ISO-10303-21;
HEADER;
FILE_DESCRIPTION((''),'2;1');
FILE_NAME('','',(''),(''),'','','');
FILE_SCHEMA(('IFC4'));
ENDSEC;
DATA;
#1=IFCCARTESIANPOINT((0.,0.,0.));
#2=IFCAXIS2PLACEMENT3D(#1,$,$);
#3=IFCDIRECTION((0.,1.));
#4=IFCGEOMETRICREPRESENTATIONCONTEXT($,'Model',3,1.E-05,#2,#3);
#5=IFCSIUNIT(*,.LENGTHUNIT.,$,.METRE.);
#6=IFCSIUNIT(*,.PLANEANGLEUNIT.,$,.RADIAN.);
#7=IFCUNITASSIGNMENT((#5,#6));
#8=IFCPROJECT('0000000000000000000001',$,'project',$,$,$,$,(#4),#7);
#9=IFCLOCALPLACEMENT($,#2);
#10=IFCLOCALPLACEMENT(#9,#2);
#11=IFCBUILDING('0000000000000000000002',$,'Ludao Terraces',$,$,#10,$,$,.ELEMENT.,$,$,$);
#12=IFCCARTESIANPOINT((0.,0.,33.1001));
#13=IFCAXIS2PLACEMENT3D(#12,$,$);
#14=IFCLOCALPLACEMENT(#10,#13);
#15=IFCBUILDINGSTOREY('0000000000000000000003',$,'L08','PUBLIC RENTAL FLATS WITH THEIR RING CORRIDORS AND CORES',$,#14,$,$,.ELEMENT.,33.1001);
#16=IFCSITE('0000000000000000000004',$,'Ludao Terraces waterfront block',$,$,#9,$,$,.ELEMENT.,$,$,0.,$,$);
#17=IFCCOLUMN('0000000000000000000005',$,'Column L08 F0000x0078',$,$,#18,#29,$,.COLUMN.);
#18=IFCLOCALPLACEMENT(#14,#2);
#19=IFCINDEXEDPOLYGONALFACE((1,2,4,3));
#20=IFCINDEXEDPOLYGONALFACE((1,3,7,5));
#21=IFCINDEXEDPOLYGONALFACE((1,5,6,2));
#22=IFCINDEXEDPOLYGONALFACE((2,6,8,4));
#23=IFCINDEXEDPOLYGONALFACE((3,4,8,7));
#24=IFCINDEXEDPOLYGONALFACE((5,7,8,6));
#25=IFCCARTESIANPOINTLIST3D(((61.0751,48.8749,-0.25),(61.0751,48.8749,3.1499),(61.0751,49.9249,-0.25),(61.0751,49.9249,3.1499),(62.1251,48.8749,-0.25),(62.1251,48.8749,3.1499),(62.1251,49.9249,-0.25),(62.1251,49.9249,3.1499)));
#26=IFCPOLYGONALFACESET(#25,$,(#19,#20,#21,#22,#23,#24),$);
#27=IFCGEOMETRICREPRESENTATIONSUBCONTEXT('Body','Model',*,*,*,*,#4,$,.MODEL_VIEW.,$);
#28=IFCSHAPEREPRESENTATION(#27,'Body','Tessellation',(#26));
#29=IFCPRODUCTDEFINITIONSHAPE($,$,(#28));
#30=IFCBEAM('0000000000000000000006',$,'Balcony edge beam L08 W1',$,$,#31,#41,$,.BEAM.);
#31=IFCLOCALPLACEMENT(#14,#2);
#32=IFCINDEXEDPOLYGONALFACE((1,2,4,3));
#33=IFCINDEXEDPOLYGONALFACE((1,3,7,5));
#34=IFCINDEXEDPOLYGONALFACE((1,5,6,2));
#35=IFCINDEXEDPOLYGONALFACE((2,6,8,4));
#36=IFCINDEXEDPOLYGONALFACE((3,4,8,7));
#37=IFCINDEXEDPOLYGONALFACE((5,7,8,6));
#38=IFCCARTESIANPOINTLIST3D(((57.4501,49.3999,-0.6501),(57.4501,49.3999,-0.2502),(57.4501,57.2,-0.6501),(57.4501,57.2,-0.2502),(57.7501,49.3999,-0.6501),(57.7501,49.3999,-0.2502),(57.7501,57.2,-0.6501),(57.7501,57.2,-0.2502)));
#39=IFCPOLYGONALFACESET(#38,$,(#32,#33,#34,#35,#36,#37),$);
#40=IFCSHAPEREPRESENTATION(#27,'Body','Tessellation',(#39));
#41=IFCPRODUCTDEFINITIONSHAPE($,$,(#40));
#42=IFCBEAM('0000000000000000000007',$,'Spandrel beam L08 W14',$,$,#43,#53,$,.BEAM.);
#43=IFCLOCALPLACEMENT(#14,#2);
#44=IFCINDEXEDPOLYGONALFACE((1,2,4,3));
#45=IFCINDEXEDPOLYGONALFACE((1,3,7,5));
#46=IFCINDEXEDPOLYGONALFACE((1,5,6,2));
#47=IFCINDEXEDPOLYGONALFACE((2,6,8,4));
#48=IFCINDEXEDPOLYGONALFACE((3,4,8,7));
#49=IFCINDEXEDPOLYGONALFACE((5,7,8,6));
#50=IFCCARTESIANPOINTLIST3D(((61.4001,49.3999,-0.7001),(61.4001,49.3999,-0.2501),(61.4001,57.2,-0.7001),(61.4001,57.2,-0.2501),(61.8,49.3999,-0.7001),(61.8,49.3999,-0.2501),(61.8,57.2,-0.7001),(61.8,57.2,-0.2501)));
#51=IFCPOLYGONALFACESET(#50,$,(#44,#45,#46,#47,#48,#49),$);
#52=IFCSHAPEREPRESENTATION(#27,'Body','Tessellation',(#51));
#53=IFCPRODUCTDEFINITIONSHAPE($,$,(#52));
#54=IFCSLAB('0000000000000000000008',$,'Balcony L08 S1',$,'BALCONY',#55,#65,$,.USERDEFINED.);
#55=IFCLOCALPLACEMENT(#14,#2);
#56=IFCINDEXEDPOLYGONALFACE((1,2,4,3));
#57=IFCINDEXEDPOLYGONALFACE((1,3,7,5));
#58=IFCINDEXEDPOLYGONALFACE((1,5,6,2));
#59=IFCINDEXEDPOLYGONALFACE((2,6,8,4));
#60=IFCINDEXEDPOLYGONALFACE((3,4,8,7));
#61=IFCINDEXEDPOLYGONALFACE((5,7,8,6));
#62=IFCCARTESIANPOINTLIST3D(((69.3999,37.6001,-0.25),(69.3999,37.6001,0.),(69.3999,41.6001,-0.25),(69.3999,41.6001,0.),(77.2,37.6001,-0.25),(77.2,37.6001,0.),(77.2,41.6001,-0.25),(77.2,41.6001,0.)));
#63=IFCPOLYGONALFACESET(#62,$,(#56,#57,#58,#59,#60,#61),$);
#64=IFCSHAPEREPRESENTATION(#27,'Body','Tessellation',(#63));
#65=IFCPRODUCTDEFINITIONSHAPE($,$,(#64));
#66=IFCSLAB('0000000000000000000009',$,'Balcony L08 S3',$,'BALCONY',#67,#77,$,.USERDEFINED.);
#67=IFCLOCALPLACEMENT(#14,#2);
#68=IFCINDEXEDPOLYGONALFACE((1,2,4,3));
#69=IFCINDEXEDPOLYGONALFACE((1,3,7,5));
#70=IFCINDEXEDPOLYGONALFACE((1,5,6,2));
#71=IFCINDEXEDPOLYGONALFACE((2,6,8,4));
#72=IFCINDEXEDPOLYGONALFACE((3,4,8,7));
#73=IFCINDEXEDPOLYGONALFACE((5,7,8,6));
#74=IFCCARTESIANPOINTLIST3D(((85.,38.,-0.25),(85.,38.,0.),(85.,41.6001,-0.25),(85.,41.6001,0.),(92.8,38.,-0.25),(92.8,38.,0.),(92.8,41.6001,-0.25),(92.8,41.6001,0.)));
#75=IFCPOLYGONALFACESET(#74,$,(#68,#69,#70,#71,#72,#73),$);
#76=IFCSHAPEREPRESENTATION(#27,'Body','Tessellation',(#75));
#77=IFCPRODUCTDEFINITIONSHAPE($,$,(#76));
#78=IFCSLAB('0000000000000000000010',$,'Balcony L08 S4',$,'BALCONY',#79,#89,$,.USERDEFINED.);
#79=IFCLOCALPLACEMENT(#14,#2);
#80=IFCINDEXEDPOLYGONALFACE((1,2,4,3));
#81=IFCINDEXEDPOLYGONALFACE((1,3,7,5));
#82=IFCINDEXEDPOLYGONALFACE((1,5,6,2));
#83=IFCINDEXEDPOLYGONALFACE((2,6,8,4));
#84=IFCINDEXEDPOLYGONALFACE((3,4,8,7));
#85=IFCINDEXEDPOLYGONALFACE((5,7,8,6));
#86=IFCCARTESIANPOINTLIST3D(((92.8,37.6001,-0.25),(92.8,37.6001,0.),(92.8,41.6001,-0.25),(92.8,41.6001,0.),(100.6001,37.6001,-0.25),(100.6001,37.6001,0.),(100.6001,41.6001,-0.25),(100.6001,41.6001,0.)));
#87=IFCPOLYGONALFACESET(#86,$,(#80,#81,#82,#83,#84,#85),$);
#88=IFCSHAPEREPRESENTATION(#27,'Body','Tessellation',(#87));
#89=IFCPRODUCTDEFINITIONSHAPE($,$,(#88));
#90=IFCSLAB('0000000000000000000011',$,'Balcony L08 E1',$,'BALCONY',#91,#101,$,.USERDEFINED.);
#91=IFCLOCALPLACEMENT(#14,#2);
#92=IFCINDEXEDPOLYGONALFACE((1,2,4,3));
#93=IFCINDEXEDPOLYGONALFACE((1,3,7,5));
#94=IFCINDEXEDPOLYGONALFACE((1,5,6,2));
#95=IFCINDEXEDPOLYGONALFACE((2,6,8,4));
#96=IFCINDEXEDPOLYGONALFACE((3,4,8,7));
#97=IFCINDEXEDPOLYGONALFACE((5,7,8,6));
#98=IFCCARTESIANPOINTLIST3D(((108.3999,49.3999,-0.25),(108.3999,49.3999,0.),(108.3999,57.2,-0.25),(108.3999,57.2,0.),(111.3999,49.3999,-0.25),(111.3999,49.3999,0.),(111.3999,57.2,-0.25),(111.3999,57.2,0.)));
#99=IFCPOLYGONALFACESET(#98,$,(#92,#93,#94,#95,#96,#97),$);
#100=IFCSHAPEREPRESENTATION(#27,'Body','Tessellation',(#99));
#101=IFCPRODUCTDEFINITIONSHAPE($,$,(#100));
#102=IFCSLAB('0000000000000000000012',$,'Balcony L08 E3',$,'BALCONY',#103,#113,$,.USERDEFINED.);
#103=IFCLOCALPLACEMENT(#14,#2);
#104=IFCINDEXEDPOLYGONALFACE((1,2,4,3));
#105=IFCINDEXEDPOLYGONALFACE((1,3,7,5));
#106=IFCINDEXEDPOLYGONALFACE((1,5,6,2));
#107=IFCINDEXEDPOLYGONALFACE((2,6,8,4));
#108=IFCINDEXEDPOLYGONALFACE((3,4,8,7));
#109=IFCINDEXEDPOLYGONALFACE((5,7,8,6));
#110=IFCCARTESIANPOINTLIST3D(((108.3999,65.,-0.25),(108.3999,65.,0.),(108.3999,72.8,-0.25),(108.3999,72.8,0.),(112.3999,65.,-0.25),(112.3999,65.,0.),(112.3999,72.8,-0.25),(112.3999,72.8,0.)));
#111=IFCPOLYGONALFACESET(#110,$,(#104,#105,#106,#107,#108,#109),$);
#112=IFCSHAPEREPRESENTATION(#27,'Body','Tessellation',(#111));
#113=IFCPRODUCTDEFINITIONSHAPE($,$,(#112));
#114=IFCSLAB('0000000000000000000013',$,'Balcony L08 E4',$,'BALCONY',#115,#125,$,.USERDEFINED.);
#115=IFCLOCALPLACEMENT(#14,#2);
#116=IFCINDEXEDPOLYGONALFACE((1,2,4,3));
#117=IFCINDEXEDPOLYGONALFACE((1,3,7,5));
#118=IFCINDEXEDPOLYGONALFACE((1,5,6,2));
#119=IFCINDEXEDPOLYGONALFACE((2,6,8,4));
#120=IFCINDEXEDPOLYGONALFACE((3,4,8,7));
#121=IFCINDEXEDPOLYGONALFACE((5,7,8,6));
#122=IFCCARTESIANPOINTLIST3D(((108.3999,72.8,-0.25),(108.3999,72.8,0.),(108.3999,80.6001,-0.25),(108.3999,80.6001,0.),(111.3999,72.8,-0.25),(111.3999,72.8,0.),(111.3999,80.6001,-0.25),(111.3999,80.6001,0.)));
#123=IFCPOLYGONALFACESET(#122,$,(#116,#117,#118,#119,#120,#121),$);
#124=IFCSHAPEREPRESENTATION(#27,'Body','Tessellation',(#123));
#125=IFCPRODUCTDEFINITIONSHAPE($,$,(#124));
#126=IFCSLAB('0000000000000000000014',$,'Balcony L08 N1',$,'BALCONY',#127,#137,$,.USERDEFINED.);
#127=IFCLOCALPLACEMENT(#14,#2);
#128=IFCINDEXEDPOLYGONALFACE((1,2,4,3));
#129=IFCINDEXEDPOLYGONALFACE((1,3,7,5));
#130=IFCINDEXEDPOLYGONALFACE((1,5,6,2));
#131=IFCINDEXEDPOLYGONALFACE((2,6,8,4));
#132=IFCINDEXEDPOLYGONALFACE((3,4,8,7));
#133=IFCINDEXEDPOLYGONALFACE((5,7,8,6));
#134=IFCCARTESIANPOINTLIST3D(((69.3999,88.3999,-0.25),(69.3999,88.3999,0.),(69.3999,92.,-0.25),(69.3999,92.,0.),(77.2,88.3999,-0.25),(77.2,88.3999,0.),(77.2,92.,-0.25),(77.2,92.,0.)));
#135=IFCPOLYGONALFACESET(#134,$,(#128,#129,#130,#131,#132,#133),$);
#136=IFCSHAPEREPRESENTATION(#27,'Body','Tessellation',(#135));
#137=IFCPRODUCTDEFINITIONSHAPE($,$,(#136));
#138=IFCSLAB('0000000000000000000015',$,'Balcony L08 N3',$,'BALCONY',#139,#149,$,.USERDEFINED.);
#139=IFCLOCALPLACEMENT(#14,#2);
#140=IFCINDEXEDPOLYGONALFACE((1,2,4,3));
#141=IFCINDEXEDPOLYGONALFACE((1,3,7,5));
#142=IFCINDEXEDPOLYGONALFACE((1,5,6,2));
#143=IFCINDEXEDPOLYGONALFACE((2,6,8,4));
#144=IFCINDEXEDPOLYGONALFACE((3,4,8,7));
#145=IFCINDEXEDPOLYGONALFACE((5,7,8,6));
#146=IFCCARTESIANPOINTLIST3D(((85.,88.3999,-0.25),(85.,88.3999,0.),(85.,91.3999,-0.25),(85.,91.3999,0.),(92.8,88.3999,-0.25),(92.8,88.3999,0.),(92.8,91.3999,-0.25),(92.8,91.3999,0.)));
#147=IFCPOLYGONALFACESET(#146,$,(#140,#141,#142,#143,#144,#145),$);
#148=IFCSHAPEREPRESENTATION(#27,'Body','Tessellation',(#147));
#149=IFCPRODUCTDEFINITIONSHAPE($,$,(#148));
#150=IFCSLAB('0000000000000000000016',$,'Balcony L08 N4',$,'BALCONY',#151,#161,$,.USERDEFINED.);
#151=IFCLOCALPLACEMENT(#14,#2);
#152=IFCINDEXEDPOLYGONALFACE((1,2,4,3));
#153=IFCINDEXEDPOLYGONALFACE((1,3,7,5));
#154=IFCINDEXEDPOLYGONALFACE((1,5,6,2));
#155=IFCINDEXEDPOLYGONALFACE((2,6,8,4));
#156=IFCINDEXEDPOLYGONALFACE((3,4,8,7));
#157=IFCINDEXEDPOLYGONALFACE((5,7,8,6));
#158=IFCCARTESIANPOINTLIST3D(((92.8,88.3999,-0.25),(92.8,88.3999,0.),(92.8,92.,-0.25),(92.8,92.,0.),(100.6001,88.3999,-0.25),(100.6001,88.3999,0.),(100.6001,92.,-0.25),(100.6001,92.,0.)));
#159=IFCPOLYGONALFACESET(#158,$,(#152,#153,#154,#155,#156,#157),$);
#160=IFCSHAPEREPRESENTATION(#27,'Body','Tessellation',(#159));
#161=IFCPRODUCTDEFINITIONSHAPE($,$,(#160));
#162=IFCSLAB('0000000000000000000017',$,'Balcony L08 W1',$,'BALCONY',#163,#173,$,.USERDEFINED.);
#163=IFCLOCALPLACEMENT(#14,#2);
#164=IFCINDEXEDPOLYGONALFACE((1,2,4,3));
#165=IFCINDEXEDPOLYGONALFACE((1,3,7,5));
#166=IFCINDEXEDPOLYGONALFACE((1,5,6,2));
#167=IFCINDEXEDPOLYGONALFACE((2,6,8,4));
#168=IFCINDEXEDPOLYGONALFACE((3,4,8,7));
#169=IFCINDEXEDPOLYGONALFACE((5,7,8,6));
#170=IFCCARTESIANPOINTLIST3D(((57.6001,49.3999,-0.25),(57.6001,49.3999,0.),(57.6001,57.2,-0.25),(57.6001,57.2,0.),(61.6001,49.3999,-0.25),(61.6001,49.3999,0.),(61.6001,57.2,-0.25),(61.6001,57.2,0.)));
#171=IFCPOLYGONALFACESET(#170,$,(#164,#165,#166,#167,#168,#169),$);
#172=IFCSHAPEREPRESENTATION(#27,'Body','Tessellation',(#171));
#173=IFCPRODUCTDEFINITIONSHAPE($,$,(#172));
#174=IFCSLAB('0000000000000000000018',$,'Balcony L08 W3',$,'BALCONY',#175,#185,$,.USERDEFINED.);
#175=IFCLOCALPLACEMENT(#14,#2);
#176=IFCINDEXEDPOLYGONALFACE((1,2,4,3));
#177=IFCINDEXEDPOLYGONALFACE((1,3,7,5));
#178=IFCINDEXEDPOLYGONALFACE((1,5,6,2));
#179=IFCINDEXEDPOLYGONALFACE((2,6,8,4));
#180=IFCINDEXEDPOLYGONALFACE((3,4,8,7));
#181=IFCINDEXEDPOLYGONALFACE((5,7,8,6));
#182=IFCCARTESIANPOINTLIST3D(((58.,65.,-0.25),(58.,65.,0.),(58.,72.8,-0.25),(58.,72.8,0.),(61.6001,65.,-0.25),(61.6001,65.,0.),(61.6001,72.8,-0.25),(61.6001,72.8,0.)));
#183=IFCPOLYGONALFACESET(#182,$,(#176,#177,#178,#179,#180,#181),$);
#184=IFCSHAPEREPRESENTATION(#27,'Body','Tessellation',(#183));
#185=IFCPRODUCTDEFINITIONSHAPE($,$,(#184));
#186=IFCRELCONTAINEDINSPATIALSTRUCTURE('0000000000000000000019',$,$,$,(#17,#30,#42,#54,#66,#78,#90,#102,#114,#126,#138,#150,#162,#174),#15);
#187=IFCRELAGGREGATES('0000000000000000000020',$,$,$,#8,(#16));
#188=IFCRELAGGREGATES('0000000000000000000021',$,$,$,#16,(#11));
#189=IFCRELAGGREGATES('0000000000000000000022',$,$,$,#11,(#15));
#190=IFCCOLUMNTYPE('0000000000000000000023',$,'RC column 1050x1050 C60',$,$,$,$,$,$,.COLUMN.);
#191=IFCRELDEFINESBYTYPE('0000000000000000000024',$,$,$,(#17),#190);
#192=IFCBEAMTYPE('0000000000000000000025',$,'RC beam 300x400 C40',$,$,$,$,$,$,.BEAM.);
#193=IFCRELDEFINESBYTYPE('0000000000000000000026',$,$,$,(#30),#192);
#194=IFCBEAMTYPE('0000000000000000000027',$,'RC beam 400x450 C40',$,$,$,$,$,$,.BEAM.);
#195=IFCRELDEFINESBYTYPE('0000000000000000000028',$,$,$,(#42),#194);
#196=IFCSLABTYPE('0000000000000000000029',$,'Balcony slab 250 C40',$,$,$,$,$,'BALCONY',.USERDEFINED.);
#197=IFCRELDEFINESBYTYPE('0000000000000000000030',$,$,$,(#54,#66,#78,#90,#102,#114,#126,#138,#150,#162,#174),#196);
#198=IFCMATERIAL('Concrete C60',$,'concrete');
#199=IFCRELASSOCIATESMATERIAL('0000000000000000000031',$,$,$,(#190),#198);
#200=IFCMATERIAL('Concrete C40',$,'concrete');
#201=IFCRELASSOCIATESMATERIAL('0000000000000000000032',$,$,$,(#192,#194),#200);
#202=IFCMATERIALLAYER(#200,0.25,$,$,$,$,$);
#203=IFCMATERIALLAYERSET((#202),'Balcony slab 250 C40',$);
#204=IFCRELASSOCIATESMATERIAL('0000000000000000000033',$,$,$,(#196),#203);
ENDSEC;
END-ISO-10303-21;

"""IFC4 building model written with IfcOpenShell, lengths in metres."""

from ifc_helpers import new_model, si_unit, direction, frame, origin, origin_2d, place, context, subcontext, project, spatial, polyline, rectangle, outline, extrude, material, layer, layer_set, material_profile, profile_set, type_object, element, save


model = new_model("IFC4")

# Units and contexts
model_context = context("Model", 3, precision=1e-05, world=origin(), true_north=direction((0.0, 1.0)))
body_context = subcontext(model_context, "Body", "Model", "MODEL_VIEW")
ifc_project = project(units=[si_unit("LENGTHUNIT", "METRE"), si_unit("PLANEANGLEUNIT", "RADIAN")], contexts=[model_context])

# Site, building, storey
site_placement = place(None, origin())
site = spatial("IfcSite", under=ifc_project, at=site_placement, Name="Ludao Terraces waterfront block", CompositionType="ELEMENT", RefElevation=0.0)
building_placement = place(site_placement, origin())
building = spatial("IfcBuilding", under=site, at=building_placement, Name="Ludao Terraces", CompositionType="ELEMENT")
storey_placement = place(building_placement, frame((0.0, 0.0, 33.1001)))
storey = spatial("IfcBuildingStorey", under=building, at=storey_placement, Name="L08", Description="PUBLIC RENTAL FLATS WITH THEIR RING CORRIDORS AND CORES", CompositionType="ELEMENT", Elevation=33.1001)

# Column
ifc_material_1 = material(Name="Concrete C60", Category="concrete")
ifc_material_profile_1 = material_profile(ifc_material_1, rectangle(XDim=1.05, YDim=1.05, at=origin_2d()), Name="1050 X 1050")
ifc_profile_set_1 = profile_set([ifc_material_profile_1], Name="Concrete C60")
column_type = type_object("IfcColumnType", Name="RC column 1050x1050 C60", PredefinedType="COLUMN", material=ifc_profile_set_1)
column_placement = place(storey_placement, frame((61.6001, 49.3999, -0.25), z_axis=(0.0, 0.0, 1.0), x_axis=(1.0, 0.0, 0.0)))
element("IfcColumn", 1, at=column_placement, inside=storey, type_object=column_type, Name="Column L08 F0000x0078", PredefinedType="COLUMN", context=body_context, shape_type="SweptSolid", body=[
    extrude(rectangle(XDim=1.05, YDim=1.05, at=origin_2d()), origin(), (0.0, 0.0, 1.0), 3.3999),
])

# Beams
ifc_material_2 = material(Name="Concrete C40", Category="concrete")
ifc_material_profile_2 = material_profile(ifc_material_2, rectangle(XDim=0.3, YDim=0.3999, at=origin_2d()), Name="300 X 400")
ifc_profile_set_2 = profile_set([ifc_material_profile_2], Name="Concrete C40")
beam_type_1 = type_object("IfcBeamType", Name="RC beam 300x400 C40", PredefinedType="BEAM", material=ifc_profile_set_2)
beam_1_placement = place(storey_placement, frame((57.6001, 49.3999, -0.4502), z_axis=(0.0, 1.0, 0.0), x_axis=(-1.0, 0.0, 0.0)))
element("IfcBeam", 2, at=beam_1_placement, inside=storey, type_object=beam_type_1, Name="Balcony edge beam L08 W1", PredefinedType="BEAM", context=body_context, shape_type="SweptSolid", body=[
    extrude(rectangle(XDim=0.3, YDim=0.3999, at=origin_2d()), origin(), (0.0, 0.0, 1.0), 7.8),
])
ifc_material_profile_3 = material_profile(ifc_material_2, rectangle(XDim=0.3999, YDim=0.45, at=origin_2d()), Name="400 X 450")
ifc_profile_set_3 = profile_set([ifc_material_profile_3], Name="Concrete C40")
beam_type_2 = type_object("IfcBeamType", Name="RC beam 400x450 C40", PredefinedType="BEAM", material=ifc_profile_set_3)
beam_2_placement = place(storey_placement, frame((61.6001, 49.3999, -0.4751), z_axis=(0.0, 1.0, 0.0), x_axis=(-1.0, 0.0, 0.0)))
element("IfcBeam", 3, at=beam_2_placement, inside=storey, type_object=beam_type_2, Name="Spandrel beam L08 W14", PredefinedType="BEAM", context=body_context, shape_type="SweptSolid", body=[
    extrude(rectangle(XDim=0.3999, YDim=0.45, at=origin_2d()), origin(), (0.0, 0.0, 1.0), 7.8),
])

# Slabs
ifc_layer_1 = layer(ifc_material_2, 0.25)
ifc_layer_set_1 = layer_set([ifc_layer_1], Name="Balcony slab 250 C40")
slab_type_1 = type_object("IfcSlabType", Name="Balcony slab 250 C40", ElementType="BALCONY", PredefinedType="USERDEFINED", material=ifc_layer_set_1)
slab_1_placement = place(storey_placement, frame((0.0, 0.0, -0.25)))
element("IfcSlab", 4, at=slab_1_placement, inside=storey, type_object=slab_type_1, Name="Balcony L08 S1", ObjectType="BALCONY", PredefinedType="USERDEFINED", context=body_context, shape_type="SweptSolid", body=[
    extrude(outline(polyline([(69.3999, 37.6001), (77.2, 37.6001), (77.2, 41.6001), (69.3999, 41.6001), (69.3999, 37.6001)])), origin(), (0.0, 0.0, 1.0), 0.25),
])
slab_2_placement = place(storey_placement, frame((0.0, 0.0, -0.25)))
element("IfcSlab", 5, at=slab_2_placement, inside=storey, type_object=slab_type_1, Name="Balcony L08 S3", ObjectType="BALCONY", PredefinedType="USERDEFINED", context=body_context, shape_type="SweptSolid", body=[
    extrude(outline(polyline([(85.0, 38.0), (92.8, 38.0), (92.8, 41.6001), (85.0, 41.6001), (85.0, 38.0)])), origin(), (0.0, 0.0, 1.0), 0.25),
])
slab_3_placement = place(storey_placement, frame((0.0, 0.0, -0.25)))
element("IfcSlab", 6, at=slab_3_placement, inside=storey, type_object=slab_type_1, Name="Balcony L08 S4", ObjectType="BALCONY", PredefinedType="USERDEFINED", context=body_context, shape_type="SweptSolid", body=[
    extrude(outline(polyline([(92.8, 37.6001), (100.6001, 37.6001), (100.6001, 41.6001), (92.8, 41.6001), (92.8, 37.6001)])), origin(), (0.0, 0.0, 1.0), 0.25),
])
slab_4_placement = place(storey_placement, frame((0.0, 0.0, -0.25)))
element("IfcSlab", 7, at=slab_4_placement, inside=storey, type_object=slab_type_1, Name="Balcony L08 E1", ObjectType="BALCONY", PredefinedType="USERDEFINED", context=body_context, shape_type="SweptSolid", body=[
    extrude(outline(polyline([(108.3999, 49.3999), (111.3999, 49.3999), (111.3999, 57.2), (108.3999, 57.2), (108.3999, 49.3999)])), origin(), (0.0, 0.0, 1.0), 0.25),
])
slab_5_placement = place(storey_placement, frame((0.0, 0.0, -0.25)))
element("IfcSlab", 8, at=slab_5_placement, inside=storey, type_object=slab_type_1, Name="Balcony L08 E3", ObjectType="BALCONY", PredefinedType="USERDEFINED", context=body_context, shape_type="SweptSolid", body=[
    extrude(outline(polyline([(108.3999, 65.0), (112.3999, 65.0), (112.3999, 72.8), (108.3999, 72.8), (108.3999, 65.0)])), origin(), (0.0, 0.0, 1.0), 0.25),
])
slab_6_placement = place(storey_placement, frame((0.0, 0.0, -0.25)))
element("IfcSlab", 9, at=slab_6_placement, inside=storey, type_object=slab_type_1, Name="Balcony L08 E4", ObjectType="BALCONY", PredefinedType="USERDEFINED", context=body_context, shape_type="SweptSolid", body=[
    extrude(outline(polyline([(108.3999, 72.8), (111.3999, 72.8), (111.3999, 80.6001), (108.3999, 80.6001), (108.3999, 72.8)])), origin(), (0.0, 0.0, 1.0), 0.25),
])
slab_7_placement = place(storey_placement, frame((0.0, 0.0, -0.25)))
element("IfcSlab", 10, at=slab_7_placement, inside=storey, type_object=slab_type_1, Name="Balcony L08 N1", ObjectType="BALCONY", PredefinedType="USERDEFINED", context=body_context, shape_type="SweptSolid", body=[
    extrude(outline(polyline([(69.3999, 88.3999), (77.2, 88.3999), (77.2, 92.0), (69.3999, 92.0), (69.3999, 88.3999)])), origin(), (0.0, 0.0, 1.0), 0.25),
])
slab_8_placement = place(storey_placement, frame((0.0, 0.0, -0.25)))
element("IfcSlab", 11, at=slab_8_placement, inside=storey, type_object=slab_type_1, Name="Balcony L08 N3", ObjectType="BALCONY", PredefinedType="USERDEFINED", context=body_context, shape_type="SweptSolid", body=[
    extrude(outline(polyline([(85.0, 88.3999), (92.8, 88.3999), (92.8, 91.3999), (85.0, 91.3999), (85.0, 88.3999)])), origin(), (0.0, 0.0, 1.0), 0.25),
])
slab_9_placement = place(storey_placement, frame((0.0, 0.0, -0.25)))
element("IfcSlab", 12, at=slab_9_placement, inside=storey, type_object=slab_type_1, Name="Balcony L08 N4", ObjectType="BALCONY", PredefinedType="USERDEFINED", context=body_context, shape_type="SweptSolid", body=[
    extrude(outline(polyline([(92.8, 88.3999), (100.6001, 88.3999), (100.6001, 92.0), (92.8, 92.0), (92.8, 88.3999)])), origin(), (0.0, 0.0, 1.0), 0.25),
])
slab_10_placement = place(storey_placement, frame((0.0, 0.0, -0.25)))
element("IfcSlab", 13, at=slab_10_placement, inside=storey, type_object=slab_type_1, Name="Balcony L08 W1", ObjectType="BALCONY", PredefinedType="USERDEFINED", context=body_context, shape_type="SweptSolid", body=[
    extrude(outline(polyline([(57.6001, 49.3999), (61.6001, 49.3999), (61.6001, 57.2), (57.6001, 57.2), (57.6001, 49.3999)])), origin(), (0.0, 0.0, 1.0), 0.25),
])
slab_11_placement = place(storey_placement, frame((0.0, 0.0, -0.25)))
element("IfcSlab", 14, at=slab_11_placement, inside=storey, type_object=slab_type_1, Name="Balcony L08 W3", ObjectType="BALCONY", PredefinedType="USERDEFINED", context=body_context, shape_type="SweptSolid", body=[
    extrude(outline(polyline([(58.0, 65.0), (61.6001, 65.0), (61.6001, 72.8), (58.0, 72.8), (58.0, 65.0)])), origin(), (0.0, 0.0, 1.0), 0.25),
])

save(model, "model.ifc")
